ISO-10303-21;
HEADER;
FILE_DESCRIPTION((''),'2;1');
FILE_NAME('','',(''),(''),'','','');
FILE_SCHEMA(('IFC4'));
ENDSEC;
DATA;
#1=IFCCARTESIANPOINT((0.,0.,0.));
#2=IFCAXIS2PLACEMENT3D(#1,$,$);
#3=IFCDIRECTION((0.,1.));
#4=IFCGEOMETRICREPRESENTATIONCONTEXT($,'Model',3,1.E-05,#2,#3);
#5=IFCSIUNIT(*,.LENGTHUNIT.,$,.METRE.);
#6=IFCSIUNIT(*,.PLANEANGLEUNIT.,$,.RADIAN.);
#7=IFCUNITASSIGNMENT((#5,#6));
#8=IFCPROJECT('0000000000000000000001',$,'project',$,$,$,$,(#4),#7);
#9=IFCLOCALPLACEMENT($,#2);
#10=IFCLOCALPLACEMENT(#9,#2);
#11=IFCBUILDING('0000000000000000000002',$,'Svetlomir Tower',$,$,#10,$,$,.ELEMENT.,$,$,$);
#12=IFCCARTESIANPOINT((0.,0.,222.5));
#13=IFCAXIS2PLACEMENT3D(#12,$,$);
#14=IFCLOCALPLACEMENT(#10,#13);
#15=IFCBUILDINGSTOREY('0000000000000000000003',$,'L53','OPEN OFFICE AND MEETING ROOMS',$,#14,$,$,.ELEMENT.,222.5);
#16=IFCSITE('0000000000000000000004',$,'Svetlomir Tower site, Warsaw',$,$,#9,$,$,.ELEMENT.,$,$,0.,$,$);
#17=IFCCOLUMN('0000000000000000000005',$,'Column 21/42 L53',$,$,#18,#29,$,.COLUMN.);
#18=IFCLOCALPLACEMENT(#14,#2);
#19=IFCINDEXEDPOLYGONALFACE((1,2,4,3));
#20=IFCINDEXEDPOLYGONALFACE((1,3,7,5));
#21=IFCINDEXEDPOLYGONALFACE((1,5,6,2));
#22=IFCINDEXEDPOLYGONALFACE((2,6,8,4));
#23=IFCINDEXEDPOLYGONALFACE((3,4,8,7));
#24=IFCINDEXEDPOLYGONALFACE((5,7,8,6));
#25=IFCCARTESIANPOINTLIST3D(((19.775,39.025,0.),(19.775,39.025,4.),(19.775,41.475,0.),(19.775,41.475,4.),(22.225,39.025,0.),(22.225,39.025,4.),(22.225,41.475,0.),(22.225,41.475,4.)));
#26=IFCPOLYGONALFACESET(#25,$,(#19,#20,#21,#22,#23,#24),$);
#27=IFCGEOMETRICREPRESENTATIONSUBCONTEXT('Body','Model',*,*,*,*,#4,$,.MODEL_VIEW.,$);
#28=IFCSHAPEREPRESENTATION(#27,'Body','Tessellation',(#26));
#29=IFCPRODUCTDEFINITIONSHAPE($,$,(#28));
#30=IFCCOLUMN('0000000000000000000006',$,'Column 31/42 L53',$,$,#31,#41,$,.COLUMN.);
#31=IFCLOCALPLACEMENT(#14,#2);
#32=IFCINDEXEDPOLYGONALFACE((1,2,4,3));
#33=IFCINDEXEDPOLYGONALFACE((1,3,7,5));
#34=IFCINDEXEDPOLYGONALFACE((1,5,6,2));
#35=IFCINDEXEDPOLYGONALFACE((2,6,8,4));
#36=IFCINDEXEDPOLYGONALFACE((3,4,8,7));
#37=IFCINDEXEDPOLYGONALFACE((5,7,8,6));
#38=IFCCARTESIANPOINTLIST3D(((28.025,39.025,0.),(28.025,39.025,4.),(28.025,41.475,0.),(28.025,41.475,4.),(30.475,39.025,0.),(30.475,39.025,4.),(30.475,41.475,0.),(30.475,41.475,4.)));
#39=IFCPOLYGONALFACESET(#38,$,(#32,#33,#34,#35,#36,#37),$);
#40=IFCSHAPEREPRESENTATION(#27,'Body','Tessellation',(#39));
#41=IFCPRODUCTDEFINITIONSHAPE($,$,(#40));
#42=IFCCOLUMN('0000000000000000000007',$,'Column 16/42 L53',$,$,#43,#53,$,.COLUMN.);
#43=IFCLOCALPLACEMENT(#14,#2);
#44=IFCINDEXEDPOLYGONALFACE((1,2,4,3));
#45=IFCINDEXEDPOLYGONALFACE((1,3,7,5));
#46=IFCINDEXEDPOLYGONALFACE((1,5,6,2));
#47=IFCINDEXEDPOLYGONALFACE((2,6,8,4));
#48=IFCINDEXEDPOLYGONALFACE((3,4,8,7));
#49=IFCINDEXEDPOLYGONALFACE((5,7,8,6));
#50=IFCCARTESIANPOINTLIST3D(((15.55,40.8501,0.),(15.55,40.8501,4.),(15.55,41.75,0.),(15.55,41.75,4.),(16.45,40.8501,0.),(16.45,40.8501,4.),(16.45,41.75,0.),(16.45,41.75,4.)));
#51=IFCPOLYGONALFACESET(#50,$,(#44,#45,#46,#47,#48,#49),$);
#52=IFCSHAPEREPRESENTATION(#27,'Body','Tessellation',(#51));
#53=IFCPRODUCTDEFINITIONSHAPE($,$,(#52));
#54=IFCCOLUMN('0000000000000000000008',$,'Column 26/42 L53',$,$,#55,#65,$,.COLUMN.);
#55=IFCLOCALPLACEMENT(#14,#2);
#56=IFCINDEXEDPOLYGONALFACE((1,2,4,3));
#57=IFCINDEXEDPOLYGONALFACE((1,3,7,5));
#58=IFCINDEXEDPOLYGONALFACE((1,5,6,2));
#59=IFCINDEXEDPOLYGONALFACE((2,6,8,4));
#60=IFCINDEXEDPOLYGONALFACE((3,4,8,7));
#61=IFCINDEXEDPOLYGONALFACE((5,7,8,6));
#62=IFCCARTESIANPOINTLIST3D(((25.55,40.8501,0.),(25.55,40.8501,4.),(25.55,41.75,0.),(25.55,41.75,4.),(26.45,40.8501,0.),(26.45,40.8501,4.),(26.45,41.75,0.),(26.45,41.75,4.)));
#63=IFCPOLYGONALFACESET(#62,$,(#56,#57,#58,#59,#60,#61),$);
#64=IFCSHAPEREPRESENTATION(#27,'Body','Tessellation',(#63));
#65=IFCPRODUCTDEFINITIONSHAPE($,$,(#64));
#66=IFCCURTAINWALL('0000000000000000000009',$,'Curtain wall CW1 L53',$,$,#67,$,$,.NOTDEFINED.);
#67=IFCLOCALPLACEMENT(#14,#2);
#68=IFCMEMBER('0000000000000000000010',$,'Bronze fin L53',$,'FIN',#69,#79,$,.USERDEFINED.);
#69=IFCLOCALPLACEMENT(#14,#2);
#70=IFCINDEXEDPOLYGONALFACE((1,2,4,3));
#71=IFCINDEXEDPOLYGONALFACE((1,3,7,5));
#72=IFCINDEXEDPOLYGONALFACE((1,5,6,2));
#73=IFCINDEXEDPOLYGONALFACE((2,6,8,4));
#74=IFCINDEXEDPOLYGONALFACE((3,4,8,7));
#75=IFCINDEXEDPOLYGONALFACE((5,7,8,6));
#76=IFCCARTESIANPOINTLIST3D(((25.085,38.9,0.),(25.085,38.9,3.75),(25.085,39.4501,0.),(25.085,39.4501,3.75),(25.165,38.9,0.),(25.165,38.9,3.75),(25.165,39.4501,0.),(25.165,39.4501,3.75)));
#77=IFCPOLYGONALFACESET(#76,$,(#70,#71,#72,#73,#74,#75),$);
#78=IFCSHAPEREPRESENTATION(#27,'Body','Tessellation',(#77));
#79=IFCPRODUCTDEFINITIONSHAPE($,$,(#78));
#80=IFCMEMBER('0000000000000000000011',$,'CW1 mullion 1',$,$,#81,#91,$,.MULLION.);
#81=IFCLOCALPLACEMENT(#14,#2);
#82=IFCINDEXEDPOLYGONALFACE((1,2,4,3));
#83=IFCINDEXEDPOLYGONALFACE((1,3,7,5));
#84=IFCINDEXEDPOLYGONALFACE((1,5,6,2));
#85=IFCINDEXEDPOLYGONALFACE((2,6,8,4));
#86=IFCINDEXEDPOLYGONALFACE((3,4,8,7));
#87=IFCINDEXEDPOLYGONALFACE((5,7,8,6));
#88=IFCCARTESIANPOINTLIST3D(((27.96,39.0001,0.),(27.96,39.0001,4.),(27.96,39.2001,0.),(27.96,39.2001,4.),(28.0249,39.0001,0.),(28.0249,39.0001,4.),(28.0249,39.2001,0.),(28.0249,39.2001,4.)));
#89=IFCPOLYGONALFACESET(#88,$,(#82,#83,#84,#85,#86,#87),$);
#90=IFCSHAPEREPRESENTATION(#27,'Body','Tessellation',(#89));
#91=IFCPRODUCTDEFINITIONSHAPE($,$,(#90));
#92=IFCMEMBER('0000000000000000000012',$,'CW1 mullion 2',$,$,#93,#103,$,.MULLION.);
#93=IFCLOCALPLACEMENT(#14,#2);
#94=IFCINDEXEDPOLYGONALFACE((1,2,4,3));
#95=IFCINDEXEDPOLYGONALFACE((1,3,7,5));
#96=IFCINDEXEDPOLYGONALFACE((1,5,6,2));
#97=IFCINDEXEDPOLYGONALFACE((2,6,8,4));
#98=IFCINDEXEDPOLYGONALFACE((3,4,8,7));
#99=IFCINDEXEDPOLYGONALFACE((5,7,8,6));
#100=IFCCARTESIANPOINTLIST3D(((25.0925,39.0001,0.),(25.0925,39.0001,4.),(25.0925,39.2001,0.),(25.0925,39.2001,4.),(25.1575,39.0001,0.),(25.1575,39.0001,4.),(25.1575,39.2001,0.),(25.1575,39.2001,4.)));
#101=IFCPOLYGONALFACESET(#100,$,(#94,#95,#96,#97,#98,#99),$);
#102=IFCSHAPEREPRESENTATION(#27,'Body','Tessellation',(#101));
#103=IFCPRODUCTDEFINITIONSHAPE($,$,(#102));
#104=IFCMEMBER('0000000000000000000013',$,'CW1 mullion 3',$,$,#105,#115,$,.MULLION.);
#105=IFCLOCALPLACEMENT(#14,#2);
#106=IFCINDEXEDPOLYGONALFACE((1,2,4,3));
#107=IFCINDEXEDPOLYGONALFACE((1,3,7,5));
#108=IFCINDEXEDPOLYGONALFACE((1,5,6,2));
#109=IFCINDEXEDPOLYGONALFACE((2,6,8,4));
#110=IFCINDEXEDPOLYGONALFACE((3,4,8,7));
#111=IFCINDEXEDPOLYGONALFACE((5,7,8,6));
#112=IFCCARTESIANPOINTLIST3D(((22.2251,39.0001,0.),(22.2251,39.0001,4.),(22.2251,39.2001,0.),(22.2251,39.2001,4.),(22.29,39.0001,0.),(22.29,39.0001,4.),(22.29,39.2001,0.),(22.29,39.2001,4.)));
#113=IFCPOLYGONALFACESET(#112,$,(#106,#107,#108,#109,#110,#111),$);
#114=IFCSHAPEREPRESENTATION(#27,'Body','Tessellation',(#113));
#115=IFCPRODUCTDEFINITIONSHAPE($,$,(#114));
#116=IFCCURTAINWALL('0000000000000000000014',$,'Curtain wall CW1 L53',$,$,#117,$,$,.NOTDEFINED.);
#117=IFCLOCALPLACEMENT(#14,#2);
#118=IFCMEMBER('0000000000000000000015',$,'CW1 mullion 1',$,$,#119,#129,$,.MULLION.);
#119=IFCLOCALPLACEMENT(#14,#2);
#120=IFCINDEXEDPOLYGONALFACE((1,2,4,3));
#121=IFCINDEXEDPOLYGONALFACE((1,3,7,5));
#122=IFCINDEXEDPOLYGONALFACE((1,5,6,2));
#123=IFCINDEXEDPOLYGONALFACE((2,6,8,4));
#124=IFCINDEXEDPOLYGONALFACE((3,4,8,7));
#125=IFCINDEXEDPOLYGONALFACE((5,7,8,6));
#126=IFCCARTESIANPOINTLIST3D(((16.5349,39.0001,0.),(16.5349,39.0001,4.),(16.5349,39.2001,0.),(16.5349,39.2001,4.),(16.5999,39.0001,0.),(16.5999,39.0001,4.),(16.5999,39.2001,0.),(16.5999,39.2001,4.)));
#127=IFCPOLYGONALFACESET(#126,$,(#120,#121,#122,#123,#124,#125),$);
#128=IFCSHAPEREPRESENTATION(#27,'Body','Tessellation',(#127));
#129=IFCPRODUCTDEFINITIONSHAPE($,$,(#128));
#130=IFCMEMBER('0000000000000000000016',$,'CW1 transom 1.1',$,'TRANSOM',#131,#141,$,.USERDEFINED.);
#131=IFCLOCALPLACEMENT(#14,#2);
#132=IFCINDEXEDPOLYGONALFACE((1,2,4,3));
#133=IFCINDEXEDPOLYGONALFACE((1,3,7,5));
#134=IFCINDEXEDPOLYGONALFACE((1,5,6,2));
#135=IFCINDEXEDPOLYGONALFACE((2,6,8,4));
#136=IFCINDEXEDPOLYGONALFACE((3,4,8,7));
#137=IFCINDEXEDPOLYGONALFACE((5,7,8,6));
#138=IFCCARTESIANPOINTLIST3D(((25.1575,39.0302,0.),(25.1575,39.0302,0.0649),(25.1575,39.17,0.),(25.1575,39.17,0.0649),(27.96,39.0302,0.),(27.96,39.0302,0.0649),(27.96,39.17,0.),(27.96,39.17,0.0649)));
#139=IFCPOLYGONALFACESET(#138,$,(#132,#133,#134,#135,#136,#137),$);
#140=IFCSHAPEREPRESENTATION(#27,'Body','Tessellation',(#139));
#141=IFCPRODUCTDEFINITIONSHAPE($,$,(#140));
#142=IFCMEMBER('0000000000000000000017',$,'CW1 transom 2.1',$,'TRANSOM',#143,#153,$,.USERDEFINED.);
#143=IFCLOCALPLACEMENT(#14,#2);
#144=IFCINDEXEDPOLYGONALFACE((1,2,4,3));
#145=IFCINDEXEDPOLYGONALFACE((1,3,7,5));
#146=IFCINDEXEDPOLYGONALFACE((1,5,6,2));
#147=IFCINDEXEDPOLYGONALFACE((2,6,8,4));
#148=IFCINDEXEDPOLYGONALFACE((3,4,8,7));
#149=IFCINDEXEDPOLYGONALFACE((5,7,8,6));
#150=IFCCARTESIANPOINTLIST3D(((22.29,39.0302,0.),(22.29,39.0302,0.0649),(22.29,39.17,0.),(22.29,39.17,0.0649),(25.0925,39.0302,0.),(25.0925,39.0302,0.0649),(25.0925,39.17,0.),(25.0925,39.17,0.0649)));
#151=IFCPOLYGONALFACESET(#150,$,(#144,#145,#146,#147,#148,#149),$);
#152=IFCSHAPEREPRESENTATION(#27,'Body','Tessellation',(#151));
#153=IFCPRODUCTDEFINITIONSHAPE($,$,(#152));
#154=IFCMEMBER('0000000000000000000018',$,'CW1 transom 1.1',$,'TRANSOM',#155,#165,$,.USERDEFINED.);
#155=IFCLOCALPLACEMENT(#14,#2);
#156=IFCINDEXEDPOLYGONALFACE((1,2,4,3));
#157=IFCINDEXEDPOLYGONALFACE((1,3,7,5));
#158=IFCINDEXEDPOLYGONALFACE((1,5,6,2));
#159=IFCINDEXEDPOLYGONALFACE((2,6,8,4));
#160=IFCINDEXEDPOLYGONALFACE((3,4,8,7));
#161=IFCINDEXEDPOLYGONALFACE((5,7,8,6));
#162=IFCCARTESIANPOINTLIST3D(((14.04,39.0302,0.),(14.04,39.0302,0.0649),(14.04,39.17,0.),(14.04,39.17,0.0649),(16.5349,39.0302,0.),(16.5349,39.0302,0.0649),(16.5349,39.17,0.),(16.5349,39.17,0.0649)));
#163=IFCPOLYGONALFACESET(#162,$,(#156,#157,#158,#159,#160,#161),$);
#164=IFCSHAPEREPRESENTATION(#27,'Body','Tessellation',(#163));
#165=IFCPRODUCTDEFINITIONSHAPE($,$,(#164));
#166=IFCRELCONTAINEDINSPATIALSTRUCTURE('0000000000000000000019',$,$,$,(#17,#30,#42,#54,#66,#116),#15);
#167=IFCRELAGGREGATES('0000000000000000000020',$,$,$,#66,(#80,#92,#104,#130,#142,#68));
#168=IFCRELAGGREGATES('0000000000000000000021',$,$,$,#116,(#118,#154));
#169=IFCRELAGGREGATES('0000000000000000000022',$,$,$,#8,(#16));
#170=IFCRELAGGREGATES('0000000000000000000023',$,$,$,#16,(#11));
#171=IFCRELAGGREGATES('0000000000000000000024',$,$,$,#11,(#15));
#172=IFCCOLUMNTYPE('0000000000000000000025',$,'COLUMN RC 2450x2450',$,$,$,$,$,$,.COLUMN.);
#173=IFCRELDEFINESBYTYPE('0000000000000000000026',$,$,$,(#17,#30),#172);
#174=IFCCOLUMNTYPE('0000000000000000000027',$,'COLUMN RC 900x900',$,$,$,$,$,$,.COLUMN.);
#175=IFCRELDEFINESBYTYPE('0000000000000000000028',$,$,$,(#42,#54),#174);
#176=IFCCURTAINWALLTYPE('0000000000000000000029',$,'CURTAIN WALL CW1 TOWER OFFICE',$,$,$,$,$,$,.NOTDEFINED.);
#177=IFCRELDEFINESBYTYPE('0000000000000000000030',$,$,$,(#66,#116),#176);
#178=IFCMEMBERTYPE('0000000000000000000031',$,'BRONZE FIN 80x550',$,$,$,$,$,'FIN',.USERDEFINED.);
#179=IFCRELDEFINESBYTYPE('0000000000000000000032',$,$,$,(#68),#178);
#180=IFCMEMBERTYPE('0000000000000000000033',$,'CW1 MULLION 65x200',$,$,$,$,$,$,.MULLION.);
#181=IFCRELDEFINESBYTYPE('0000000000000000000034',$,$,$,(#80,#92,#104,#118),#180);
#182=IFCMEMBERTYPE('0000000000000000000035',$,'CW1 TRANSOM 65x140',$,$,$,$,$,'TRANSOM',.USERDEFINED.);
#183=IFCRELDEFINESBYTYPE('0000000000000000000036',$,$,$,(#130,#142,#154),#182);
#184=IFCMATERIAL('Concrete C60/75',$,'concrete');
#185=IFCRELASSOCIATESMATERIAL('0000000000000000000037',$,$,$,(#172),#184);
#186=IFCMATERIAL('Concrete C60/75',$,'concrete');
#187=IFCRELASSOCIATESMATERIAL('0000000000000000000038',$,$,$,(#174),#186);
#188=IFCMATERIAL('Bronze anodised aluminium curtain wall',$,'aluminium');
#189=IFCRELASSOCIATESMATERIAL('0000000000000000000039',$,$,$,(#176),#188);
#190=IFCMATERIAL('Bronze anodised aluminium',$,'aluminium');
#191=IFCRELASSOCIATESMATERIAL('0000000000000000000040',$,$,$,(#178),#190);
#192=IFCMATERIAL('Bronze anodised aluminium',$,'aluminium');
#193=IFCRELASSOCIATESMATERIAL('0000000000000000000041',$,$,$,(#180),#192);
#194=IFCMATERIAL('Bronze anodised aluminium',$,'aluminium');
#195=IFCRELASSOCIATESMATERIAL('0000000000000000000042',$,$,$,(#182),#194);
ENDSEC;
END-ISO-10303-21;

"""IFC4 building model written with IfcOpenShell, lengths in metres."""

from ifc_helpers import new_model, si_unit, direction, frame, origin, origin_2d, place, context, subcontext, project, spatial, rectangle, extrude, material, material_profile, profile_set, type_object, element, aggregate, save


model = new_model("IFC4")

# Units and contexts
model_context = context("Model", 3, precision=1e-05, world=origin(), true_north=direction((0.0, 1.0)))
body_context = subcontext(model_context, "Body", "Model", "MODEL_VIEW")
ifc_project = project(units=[si_unit("LENGTHUNIT", "METRE"), si_unit("PLANEANGLEUNIT", "RADIAN")], contexts=[model_context])

# Site, building, storey
site_placement = place(None, origin())
site = spatial("IfcSite", under=ifc_project, at=site_placement, Name="Svetlomir Tower site, Warsaw", CompositionType="ELEMENT", RefElevation=0.0)
building_placement = place(site_placement, origin())
building = spatial("IfcBuilding", under=site, at=building_placement, Name="Svetlomir Tower", CompositionType="ELEMENT")
storey_placement = place(building_placement, frame((0.0, 0.0, 222.5)))
storey = spatial("IfcBuildingStorey", under=building, at=storey_placement, Name="L53", Description="OPEN OFFICE AND MEETING ROOMS", CompositionType="ELEMENT", Elevation=222.5)

# Columns
ifc_material_1 = material(Name="Concrete C60/75", Category="concrete")
ifc_material_profile_1 = material_profile(ifc_material_1, rectangle(XDim=2.45, YDim=2.45, at=origin_2d()), Name="RC 2450x2450")
ifc_profile_set_1 = profile_set([ifc_material_profile_1], Name="Concrete C60/75")
column_type_1 = type_object("IfcColumnType", Name="COLUMN RC 2450x2450", PredefinedType="COLUMN", material=ifc_profile_set_1)
for number, where, z_axis, x_axis, name in (
    (1, (21.0, 40.25, 0.0), (0.0, 0.0, 1.0), (1.0, 0.0, 0.0), "Column 21/42 L53"),
    (2, (29.25, 40.25, 0.0), (0.0, 0.0, 1.0), (1.0, 0.0, 0.0), "Column 31/42 L53"),
):
    element("IfcColumn", number, at=place(storey_placement, frame(where, z_axis=z_axis, x_axis=x_axis)), inside=storey, type_object=column_type_1, Name=name, PredefinedType="COLUMN", context=body_context, shape_type="SweptSolid", body=[
        extrude(rectangle(XDim=2.45, YDim=2.45, at=origin_2d()), origin(), (0.0, 0.0, 1.0), 4.0),
    ])
ifc_material_2 = material(Name="Concrete C60/75", Category="concrete")
ifc_material_profile_2 = material_profile(ifc_material_2, rectangle(XDim=0.8999, YDim=0.8999, at=origin_2d()), Name="RC 900x900")
ifc_profile_set_2 = profile_set([ifc_material_profile_2], Name="Concrete C60/75")
column_type_2 = type_object("IfcColumnType", Name="COLUMN RC 900x900", PredefinedType="COLUMN", material=ifc_profile_set_2)
for number, where, z_axis, x_axis, name in (
    (3, (16.0, 41.3, 0.0), (0.0, 0.0, 1.0), (1.0, 0.0, 0.0), "Column 16/42 L53"),
    (4, (26.0, 41.3, 0.0), (0.0, 0.0, 1.0), (1.0, 0.0, 0.0), "Column 26/42 L53"),
):
    element("IfcColumn", number, at=place(storey_placement, frame(where, z_axis=z_axis, x_axis=x_axis)), inside=storey, type_object=column_type_2, Name=name, PredefinedType="COLUMN", context=body_context, shape_type="SweptSolid", body=[
        extrude(rectangle(XDim=0.8999, YDim=0.8999, at=origin_2d()), origin(), (0.0, 0.0, 1.0), 4.0),
    ])

# Curtain wall, members
ifc_material_3 = material(Name="Bronze anodised aluminium curtain wall", Category="aluminium")
curtain_wall_type = type_object("IfcCurtainWallType", Name="CURTAIN WALL CW1 TOWER OFFICE", PredefinedType="NOTDEFINED", material=ifc_material_3)
curtain_wall_1_placement = place(storey_placement, origin())
curtain_wall_1 = element("IfcCurtainWall", 5, at=curtain_wall_1_placement, inside=storey, type_object=curtain_wall_type, Name="Curtain wall CW1 L53", PredefinedType="NOTDEFINED")
ifc_material_4 = material(Name="Bronze anodised aluminium", Category="aluminium")
ifc_material_profile_3 = material_profile(ifc_material_4, rectangle(XDim=0.0801, YDim=0.55, at=origin_2d()), Name="FIN 80x550")
ifc_profile_set_3 = profile_set([ifc_material_profile_3], Name="Bronze anodised aluminium 6063-T6")
member_type_1 = type_object("IfcMemberType", Name="BRONZE FIN 80x550", ElementType="FIN", PredefinedType="USERDEFINED", material=ifc_profile_set_3)
member_1_placement = place(storey_placement, frame((25.125, 39.175, 0.0), z_axis=(0.0, 0.0, 1.0), x_axis=(1.0, 0.0, 0.0)))
member_1 = element("IfcMember", 6, at=member_1_placement, type_object=member_type_1, Name="Bronze fin L53", ObjectType="FIN", PredefinedType="USERDEFINED", context=body_context, shape_type="SweptSolid", body=[
    extrude(rectangle(XDim=0.0801, YDim=0.55, at=origin_2d()), origin(), (0.0, 0.0, 1.0), 3.75),
])
ifc_material_5 = material(Name="Bronze anodised aluminium", Category="aluminium")
ifc_material_profile_4 = material_profile(ifc_material_5, rectangle(XDim=0.0649, YDim=0.2, at=origin_2d()), Name="AL 65x200")
ifc_profile_set_4 = profile_set([ifc_material_profile_4], Name="Bronze anodised aluminium 6063-T6")
member_type_2 = type_object("IfcMemberType", Name="CW1 MULLION 65x200", PredefinedType="MULLION", material=ifc_profile_set_4)
member_2_placement = place(storey_placement, frame((27.9924, 39.1001, 0.0), z_axis=(0.0, 0.0, 1.0), x_axis=(-1.0, 0.0, 0.0)))
member_2 = element("IfcMember", 7, at=member_2_placement, type_object=member_type_2, Name="CW1 mullion 1", PredefinedType="MULLION", context=body_context, shape_type="SweptSolid", body=[
    extrude(rectangle(XDim=0.0649, YDim=0.2, at=origin_2d()), origin(), (0.0, 0.0, 1.0), 4.0),
])
member_3_placement = place(storey_placement, frame((25.125, 39.1001, 0.0), z_axis=(0.0, 0.0, 1.0), x_axis=(-1.0, 0.0, 0.0)))
member_3 = element("IfcMember", 8, at=member_3_placement, type_object=member_type_2, Name="CW1 mullion 2", PredefinedType="MULLION", context=body_context, shape_type="SweptSolid", body=[
    extrude(rectangle(XDim=0.0649, YDim=0.2, at=origin_2d()), origin(), (0.0, 0.0, 1.0), 4.0),
])
member_4_placement = place(storey_placement, frame((22.2576, 39.1001, 0.0), z_axis=(0.0, 0.0, 1.0), x_axis=(-1.0, 0.0, 0.0)))
member_4 = element("IfcMember", 9, at=member_4_placement, type_object=member_type_2, Name="CW1 mullion 3", PredefinedType="MULLION", context=body_context, shape_type="SweptSolid", body=[
    extrude(rectangle(XDim=0.0649, YDim=0.2, at=origin_2d()), origin(), (0.0, 0.0, 1.0), 4.0),
])

# Curtain wall, member
curtain_wall_2_placement = place(storey_placement, origin())
curtain_wall_2 = element("IfcCurtainWall", 10, at=curtain_wall_2_placement, inside=storey, type_object=curtain_wall_type, Name="Curtain wall CW1 L53", PredefinedType="NOTDEFINED")
member_5_placement = place(storey_placement, frame((16.5674, 39.1001, 0.0), z_axis=(0.0, 0.0, 1.0), x_axis=(-1.0, 0.0, 0.0)))
member_5 = element("IfcMember", 11, at=member_5_placement, type_object=member_type_2, Name="CW1 mullion 1", PredefinedType="MULLION", context=body_context, shape_type="SweptSolid", body=[
    extrude(rectangle(XDim=0.0649, YDim=0.2, at=origin_2d()), origin(), (0.0, 0.0, 1.0), 4.0),
])

# Members
ifc_material_6 = material(Name="Bronze anodised aluminium", Category="aluminium")
ifc_material_profile_5 = material_profile(ifc_material_6, rectangle(XDim=0.1399, YDim=0.0649, at=origin_2d()), Name="AL 140x65")
ifc_profile_set_5 = profile_set([ifc_material_profile_5], Name="Bronze anodised aluminium 6063-T6")
member_type_3 = type_object("IfcMemberType", Name="CW1 TRANSOM 65x140", ElementType="TRANSOM", PredefinedType="USERDEFINED", material=ifc_profile_set_5)
member_6_placement = place(storey_placement, frame((27.96, 39.1001, 0.0325), z_axis=(-1.0, 0.0, 0.0), x_axis=(0.0, -1.0, 0.0)))
member_6 = element("IfcMember", 12, at=member_6_placement, type_object=member_type_3, Name="CW1 transom 1.1", ObjectType="TRANSOM", PredefinedType="USERDEFINED", context=body_context, shape_type="SweptSolid", body=[
    extrude(rectangle(XDim=0.1399, YDim=0.0649, at=origin_2d()), origin(), (0.0, 0.0, 1.0), 2.8025),
])
member_7_placement = place(storey_placement, frame((25.0925, 39.1001, 0.0325), z_axis=(-1.0, 0.0, 0.0), x_axis=(0.0, -1.0, 0.0)))
member_7 = element("IfcMember", 13, at=member_7_placement, type_object=member_type_3, Name="CW1 transom 2.1", ObjectType="TRANSOM", PredefinedType="USERDEFINED", context=body_context, shape_type="SweptSolid", body=[
    extrude(rectangle(XDim=0.1399, YDim=0.0649, at=origin_2d()), origin(), (0.0, 0.0, 1.0), 2.8025),
])
member_8_placement = place(storey_placement, frame((16.5349, 39.1001, 0.0325), z_axis=(-1.0, 0.0, 0.0), x_axis=(0.0, -1.0, 0.0)))
member_8 = element("IfcMember", 14, at=member_8_placement, type_object=member_type_3, Name="CW1 transom 1.1", ObjectType="TRANSOM", PredefinedType="USERDEFINED", context=body_context, shape_type="SweptSolid", body=[
    extrude(rectangle(XDim=0.1399, YDim=0.0649, at=origin_2d()), origin(), (0.0, 0.0, 1.0), 2.4949),
])

aggregate(curtain_wall_1, [member_2, member_3, member_4, member_6, member_7, member_1])
aggregate(curtain_wall_2, [member_5, member_8])

save(model, "model.ifc")
